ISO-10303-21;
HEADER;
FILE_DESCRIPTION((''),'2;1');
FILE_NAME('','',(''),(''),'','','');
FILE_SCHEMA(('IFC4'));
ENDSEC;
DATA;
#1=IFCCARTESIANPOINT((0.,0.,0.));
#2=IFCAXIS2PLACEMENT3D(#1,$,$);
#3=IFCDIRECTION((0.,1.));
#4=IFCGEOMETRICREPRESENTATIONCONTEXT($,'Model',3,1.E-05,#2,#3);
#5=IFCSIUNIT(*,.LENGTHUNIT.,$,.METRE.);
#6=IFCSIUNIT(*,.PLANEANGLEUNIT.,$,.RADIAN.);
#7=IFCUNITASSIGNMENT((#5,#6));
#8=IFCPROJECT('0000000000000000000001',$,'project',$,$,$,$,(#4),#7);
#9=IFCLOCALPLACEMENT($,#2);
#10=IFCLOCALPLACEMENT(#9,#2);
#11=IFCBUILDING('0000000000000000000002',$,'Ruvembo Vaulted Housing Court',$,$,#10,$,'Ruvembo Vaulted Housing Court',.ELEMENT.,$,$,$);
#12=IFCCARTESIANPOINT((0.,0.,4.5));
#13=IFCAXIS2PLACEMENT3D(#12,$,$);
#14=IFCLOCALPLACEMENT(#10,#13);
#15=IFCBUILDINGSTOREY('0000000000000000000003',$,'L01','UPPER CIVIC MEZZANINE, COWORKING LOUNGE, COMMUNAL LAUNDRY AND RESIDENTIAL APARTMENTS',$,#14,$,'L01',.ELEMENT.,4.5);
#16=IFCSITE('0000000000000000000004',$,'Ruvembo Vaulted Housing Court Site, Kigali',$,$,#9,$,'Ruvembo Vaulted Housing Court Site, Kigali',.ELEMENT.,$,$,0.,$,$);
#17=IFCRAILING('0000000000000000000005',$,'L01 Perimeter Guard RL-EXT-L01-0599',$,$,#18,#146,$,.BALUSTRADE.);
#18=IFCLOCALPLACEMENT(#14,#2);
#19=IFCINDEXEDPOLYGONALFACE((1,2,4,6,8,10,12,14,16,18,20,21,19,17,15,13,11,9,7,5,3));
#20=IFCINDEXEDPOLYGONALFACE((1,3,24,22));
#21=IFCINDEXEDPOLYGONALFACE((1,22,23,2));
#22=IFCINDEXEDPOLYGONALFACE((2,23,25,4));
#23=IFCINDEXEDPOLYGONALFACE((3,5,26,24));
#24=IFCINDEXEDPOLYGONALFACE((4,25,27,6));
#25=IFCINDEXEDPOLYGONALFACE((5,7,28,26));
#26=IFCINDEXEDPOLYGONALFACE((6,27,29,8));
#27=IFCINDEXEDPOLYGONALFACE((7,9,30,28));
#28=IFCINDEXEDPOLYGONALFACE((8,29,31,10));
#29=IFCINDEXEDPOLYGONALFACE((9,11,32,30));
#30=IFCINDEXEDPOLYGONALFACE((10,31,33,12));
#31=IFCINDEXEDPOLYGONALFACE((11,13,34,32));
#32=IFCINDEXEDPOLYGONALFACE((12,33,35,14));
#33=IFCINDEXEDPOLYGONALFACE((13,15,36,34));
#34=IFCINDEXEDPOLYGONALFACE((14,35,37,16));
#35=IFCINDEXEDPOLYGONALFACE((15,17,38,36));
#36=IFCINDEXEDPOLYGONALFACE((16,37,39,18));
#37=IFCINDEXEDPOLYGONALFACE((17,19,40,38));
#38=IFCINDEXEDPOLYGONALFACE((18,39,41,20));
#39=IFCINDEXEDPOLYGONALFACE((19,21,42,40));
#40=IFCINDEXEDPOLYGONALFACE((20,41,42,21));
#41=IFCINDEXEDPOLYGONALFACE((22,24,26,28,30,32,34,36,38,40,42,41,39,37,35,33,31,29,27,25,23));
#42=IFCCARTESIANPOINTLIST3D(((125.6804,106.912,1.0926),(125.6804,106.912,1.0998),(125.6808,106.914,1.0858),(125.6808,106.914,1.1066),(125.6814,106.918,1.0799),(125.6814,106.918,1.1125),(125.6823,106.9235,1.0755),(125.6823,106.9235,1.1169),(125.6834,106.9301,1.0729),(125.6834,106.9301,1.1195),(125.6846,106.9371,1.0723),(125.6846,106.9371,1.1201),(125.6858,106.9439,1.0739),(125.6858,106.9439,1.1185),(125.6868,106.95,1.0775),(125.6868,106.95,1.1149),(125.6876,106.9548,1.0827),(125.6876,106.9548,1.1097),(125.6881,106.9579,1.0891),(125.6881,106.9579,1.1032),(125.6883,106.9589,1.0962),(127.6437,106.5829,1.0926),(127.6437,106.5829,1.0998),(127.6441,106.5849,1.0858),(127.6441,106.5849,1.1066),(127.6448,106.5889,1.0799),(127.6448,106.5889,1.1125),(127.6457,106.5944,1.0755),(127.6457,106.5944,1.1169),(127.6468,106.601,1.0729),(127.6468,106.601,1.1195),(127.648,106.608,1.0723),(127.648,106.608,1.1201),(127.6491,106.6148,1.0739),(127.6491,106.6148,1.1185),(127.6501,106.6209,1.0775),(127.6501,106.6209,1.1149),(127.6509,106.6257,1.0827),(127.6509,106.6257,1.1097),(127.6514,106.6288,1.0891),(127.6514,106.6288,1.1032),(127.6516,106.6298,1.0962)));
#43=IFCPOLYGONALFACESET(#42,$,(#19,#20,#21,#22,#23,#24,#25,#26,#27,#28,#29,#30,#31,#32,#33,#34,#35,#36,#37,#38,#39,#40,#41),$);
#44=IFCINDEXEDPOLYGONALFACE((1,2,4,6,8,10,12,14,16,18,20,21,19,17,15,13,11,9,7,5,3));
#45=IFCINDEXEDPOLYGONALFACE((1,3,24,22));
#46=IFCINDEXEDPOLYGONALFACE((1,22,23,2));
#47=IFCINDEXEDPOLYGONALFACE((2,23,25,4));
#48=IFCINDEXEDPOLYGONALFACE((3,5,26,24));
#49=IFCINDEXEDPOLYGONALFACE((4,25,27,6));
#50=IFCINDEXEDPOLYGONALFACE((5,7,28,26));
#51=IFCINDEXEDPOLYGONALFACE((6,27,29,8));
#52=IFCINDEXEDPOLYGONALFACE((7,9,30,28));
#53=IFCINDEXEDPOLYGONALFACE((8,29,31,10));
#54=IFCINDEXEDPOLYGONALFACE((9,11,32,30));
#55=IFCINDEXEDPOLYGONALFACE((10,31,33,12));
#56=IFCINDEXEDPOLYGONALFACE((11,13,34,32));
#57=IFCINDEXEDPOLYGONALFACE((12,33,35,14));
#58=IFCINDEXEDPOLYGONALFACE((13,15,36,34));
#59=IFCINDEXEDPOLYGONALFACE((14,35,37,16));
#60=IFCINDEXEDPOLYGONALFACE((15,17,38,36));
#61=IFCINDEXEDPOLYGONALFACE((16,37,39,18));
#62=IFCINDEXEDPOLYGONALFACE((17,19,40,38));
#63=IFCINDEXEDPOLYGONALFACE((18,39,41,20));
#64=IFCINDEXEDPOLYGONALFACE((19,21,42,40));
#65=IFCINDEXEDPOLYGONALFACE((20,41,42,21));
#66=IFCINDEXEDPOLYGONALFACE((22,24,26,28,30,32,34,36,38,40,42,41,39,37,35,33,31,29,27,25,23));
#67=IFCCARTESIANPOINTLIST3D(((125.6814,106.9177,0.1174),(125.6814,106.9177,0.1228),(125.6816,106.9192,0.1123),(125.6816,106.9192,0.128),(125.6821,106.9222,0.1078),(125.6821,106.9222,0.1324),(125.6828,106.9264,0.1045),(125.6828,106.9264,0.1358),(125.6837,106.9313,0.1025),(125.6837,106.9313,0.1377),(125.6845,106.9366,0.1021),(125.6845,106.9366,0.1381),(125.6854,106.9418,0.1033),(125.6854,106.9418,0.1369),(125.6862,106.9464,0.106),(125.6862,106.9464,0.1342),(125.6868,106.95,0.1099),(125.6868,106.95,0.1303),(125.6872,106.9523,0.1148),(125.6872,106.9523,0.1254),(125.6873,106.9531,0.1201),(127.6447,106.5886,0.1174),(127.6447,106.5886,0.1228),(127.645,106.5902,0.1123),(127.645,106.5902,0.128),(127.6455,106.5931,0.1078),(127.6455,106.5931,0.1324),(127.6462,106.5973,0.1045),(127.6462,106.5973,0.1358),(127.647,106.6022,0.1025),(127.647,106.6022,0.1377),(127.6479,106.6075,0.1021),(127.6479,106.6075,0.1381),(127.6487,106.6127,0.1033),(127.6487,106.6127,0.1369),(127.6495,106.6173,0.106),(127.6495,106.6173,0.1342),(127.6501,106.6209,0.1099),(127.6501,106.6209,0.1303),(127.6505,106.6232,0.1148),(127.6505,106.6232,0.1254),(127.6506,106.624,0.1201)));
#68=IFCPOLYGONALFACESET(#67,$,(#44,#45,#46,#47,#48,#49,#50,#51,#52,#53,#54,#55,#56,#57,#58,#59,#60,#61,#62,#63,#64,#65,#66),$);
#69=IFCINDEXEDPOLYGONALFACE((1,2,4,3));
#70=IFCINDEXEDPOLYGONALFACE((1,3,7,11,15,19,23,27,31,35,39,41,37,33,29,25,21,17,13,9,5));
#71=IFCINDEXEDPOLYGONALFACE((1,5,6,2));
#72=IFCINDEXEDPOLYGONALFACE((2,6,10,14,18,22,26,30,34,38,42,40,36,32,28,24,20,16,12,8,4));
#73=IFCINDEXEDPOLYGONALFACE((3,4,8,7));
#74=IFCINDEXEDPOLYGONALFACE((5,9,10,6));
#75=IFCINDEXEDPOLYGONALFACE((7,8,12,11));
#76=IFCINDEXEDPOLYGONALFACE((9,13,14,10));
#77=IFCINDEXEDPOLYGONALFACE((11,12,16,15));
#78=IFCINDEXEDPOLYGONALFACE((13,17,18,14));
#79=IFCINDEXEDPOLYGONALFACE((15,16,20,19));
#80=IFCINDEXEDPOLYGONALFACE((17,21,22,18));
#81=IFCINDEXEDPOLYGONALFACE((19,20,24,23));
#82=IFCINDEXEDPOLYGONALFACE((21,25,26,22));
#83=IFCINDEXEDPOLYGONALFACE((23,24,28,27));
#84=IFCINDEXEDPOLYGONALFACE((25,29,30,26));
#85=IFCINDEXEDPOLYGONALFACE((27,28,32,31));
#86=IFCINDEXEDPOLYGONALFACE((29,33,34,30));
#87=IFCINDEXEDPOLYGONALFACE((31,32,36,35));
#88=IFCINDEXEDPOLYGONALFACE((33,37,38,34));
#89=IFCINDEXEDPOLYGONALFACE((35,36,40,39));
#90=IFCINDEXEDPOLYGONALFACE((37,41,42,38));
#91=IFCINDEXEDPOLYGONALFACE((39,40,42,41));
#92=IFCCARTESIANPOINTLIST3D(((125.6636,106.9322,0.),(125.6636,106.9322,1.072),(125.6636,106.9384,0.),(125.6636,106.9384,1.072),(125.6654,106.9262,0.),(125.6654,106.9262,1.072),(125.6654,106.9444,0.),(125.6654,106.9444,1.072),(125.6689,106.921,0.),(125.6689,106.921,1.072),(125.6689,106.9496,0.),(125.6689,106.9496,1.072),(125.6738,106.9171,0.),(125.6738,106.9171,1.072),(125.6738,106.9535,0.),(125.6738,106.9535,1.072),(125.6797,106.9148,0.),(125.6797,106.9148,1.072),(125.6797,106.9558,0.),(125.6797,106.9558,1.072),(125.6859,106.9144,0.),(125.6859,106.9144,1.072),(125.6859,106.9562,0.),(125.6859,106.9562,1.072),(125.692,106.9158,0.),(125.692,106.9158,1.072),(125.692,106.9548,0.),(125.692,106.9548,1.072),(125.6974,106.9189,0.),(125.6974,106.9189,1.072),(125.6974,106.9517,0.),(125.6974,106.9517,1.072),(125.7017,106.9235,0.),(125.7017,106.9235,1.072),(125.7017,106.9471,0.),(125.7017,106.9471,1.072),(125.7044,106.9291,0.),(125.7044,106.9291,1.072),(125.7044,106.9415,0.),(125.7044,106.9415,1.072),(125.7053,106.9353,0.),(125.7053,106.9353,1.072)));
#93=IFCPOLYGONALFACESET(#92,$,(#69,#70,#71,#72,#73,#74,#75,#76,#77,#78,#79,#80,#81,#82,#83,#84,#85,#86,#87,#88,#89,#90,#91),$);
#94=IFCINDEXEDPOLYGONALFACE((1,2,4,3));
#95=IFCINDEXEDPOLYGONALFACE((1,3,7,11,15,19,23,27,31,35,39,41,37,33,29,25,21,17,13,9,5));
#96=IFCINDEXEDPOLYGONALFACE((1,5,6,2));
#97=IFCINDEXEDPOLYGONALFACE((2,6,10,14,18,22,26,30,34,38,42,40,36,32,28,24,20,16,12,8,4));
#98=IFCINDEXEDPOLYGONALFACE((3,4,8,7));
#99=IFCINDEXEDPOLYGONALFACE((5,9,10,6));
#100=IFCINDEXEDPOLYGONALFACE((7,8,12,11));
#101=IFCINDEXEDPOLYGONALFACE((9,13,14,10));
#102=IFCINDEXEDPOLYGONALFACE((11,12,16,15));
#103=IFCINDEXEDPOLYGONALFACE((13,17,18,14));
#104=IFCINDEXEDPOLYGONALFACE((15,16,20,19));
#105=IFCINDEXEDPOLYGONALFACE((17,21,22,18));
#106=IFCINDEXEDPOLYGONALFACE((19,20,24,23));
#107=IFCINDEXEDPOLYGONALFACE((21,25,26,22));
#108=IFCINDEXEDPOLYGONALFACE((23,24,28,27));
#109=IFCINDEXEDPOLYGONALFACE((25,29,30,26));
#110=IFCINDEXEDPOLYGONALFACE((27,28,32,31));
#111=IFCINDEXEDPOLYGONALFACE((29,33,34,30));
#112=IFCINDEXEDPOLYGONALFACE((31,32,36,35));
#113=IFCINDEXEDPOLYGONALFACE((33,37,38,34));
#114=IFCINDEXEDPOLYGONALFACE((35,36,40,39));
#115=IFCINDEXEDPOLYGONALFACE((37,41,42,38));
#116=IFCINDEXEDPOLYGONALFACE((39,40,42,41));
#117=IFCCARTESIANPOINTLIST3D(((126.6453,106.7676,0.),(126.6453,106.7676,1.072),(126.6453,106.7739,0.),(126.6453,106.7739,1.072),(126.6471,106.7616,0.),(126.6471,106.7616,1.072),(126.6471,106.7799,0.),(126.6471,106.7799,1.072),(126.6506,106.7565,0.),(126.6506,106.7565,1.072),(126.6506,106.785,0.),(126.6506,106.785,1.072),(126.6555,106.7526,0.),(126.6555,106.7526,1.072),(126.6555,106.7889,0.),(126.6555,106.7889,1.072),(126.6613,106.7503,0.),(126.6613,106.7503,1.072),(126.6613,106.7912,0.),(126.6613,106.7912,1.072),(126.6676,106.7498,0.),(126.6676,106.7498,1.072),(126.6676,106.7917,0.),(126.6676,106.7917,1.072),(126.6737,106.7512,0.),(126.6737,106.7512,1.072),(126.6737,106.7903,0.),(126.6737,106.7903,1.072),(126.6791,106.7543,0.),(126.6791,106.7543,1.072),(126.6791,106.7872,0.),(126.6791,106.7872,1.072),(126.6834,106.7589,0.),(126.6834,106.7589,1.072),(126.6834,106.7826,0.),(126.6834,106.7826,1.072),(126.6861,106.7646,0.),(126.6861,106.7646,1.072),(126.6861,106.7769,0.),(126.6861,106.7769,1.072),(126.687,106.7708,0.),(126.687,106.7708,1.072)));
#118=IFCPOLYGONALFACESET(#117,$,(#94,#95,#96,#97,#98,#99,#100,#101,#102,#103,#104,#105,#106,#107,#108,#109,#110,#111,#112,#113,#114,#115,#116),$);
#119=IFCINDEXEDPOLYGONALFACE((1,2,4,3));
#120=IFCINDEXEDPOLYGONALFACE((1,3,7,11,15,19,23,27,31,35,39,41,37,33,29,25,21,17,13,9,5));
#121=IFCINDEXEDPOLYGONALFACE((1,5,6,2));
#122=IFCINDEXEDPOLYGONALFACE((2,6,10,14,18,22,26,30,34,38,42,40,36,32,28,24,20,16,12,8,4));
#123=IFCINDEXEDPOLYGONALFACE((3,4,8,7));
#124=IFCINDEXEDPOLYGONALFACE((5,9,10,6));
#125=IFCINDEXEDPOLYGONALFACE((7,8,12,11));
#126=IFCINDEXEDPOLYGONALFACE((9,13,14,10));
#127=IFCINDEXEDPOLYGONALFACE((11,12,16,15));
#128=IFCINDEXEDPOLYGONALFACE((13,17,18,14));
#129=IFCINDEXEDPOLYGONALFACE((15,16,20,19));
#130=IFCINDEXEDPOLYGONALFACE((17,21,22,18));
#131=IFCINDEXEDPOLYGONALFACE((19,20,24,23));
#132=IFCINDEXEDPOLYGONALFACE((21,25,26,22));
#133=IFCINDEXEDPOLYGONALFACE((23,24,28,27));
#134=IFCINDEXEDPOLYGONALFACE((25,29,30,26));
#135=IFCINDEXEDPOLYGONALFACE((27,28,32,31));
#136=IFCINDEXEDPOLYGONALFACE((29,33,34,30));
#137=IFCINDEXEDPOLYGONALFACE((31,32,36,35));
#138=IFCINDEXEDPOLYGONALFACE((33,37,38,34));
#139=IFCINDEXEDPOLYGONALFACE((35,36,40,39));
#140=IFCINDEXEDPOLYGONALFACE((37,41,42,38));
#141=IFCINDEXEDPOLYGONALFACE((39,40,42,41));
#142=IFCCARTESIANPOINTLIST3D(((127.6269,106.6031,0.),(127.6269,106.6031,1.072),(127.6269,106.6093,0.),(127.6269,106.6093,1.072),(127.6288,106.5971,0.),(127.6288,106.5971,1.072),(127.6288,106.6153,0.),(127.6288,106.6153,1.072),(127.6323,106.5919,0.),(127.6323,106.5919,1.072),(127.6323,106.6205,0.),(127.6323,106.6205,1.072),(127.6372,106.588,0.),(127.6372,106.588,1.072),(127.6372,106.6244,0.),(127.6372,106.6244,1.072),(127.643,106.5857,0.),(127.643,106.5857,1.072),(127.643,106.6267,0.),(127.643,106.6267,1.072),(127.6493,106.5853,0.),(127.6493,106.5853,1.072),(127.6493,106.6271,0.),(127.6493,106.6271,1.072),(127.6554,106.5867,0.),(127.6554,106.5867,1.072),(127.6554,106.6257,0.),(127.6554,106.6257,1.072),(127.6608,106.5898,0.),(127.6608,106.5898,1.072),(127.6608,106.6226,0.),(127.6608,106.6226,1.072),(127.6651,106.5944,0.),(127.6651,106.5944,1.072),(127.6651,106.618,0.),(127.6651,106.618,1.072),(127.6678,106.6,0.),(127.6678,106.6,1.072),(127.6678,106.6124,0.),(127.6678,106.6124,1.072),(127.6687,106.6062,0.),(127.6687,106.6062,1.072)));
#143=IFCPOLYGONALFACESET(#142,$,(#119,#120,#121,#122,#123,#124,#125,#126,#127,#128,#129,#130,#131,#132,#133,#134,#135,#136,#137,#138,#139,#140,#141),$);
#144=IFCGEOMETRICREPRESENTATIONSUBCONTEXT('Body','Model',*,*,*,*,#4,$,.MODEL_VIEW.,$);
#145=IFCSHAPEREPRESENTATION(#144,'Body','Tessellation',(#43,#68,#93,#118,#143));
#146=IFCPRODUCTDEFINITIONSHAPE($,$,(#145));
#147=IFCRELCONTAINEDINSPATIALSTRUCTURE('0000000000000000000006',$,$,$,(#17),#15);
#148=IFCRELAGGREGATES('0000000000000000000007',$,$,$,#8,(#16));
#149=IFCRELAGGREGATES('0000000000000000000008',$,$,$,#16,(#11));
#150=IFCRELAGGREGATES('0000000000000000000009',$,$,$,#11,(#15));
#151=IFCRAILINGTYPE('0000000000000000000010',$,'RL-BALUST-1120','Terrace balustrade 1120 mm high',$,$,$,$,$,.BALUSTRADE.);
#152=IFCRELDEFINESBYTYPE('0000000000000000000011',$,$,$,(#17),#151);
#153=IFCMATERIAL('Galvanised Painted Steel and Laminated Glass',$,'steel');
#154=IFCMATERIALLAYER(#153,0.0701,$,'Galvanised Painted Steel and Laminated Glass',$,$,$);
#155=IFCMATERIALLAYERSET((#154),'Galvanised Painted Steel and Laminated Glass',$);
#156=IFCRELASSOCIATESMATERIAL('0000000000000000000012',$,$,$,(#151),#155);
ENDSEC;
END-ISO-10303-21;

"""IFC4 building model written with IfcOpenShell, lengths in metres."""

from ifc_helpers import new_model, si_unit, direction, frame, origin, origin_2d, place, context, subcontext, project, spatial, circle, extrude, material, layer, layer_set, type_object, element, save


model = new_model("IFC4")

# Units and contexts
model_context = context("Model", 3, precision=1e-05, world=origin(), true_north=direction((0.0, 1.0)))
body_context = subcontext(model_context, "Body", "Model", "MODEL_VIEW")
ifc_project = project(units=[si_unit("LENGTHUNIT", "METRE"), si_unit("PLANEANGLEUNIT", "RADIAN")], contexts=[model_context])

# Site, building, storey
site_placement = place(None, origin())
site = spatial("IfcSite", under=ifc_project, at=site_placement, Name="Ruvembo Vaulted Housing Court Site, Kigali", LongName="Ruvembo Vaulted Housing Court Site, Kigali", CompositionType="ELEMENT", RefElevation=0.0)
building_placement = place(site_placement, origin())
building = spatial("IfcBuilding", under=site, at=building_placement, Name="Ruvembo Vaulted Housing Court", LongName="Ruvembo Vaulted Housing Court", CompositionType="ELEMENT")
storey_placement = place(building_placement, frame((0.0, 0.0, 4.5)))
storey = spatial("IfcBuildingStorey", under=building, at=storey_placement, Name="L01", Description="UPPER CIVIC MEZZANINE, COWORKING LOUNGE, COMMUNAL LAUNDRY AND RESIDENTIAL APARTMENTS", LongName="L01", CompositionType="ELEMENT", Elevation=4.5)

# Railing
ifc_material_1 = material(Name="Galvanised Painted Steel and Laminated Glass", Category="steel")
ifc_layer_1 = layer(ifc_material_1, 0.0701, Name="Galvanised Painted Steel and Laminated Glass")
ifc_layer_set_1 = layer_set([ifc_layer_1], Name="Galvanised Painted Steel and Laminated Glass")
railing_type = type_object("IfcRailingType", Name="RL-BALUST-1120", Description="Terrace balustrade 1120 mm high", PredefinedType="BALUSTRADE", material=ifc_layer_set_1)
railing_1_placement = place(storey_placement, frame((125.6843, 106.9353, 0.0)))
element("IfcRailing", 1, at=railing_1_placement, inside=storey, type_object=railing_type, Name="L01 Perimeter Guard RL-EXT-L01-0599", PredefinedType="BALUSTRADE", context=body_context, shape_type="SweptSolid", body=[
    extrude(circle(Radius=0.0239, at=origin_2d()), frame((0.0, 0.0, 1.0962), z_axis=(0.986241, -0.165314, 0.0), x_axis=(0.165314, 0.986241, 0.0)), (0.0, 0.0, 1.0), 1.9907),
    extrude(circle(Radius=0.0181, at=origin_2d()), frame((0.0, 0.0, 0.1201), z_axis=(0.986241, -0.165314, 0.0), x_axis=(0.165314, 0.986241, 0.0)), (0.0, 0.0, 1.0), 1.9907),
    extrude(circle(Radius=0.021, at=origin_2d()), origin(), (0.0, 0.0, 1.0), 1.072),
    extrude(circle(Radius=0.021, at=origin_2d()), frame((0.9817, -0.1646, 0.0)), (0.0, 0.0, 1.0), 1.072),
    extrude(circle(Radius=0.021, at=origin_2d()), frame((1.9634, -0.3291, 0.0)), (0.0, 0.0, 1.0), 1.072),
])

save(model, "model.ifc")
